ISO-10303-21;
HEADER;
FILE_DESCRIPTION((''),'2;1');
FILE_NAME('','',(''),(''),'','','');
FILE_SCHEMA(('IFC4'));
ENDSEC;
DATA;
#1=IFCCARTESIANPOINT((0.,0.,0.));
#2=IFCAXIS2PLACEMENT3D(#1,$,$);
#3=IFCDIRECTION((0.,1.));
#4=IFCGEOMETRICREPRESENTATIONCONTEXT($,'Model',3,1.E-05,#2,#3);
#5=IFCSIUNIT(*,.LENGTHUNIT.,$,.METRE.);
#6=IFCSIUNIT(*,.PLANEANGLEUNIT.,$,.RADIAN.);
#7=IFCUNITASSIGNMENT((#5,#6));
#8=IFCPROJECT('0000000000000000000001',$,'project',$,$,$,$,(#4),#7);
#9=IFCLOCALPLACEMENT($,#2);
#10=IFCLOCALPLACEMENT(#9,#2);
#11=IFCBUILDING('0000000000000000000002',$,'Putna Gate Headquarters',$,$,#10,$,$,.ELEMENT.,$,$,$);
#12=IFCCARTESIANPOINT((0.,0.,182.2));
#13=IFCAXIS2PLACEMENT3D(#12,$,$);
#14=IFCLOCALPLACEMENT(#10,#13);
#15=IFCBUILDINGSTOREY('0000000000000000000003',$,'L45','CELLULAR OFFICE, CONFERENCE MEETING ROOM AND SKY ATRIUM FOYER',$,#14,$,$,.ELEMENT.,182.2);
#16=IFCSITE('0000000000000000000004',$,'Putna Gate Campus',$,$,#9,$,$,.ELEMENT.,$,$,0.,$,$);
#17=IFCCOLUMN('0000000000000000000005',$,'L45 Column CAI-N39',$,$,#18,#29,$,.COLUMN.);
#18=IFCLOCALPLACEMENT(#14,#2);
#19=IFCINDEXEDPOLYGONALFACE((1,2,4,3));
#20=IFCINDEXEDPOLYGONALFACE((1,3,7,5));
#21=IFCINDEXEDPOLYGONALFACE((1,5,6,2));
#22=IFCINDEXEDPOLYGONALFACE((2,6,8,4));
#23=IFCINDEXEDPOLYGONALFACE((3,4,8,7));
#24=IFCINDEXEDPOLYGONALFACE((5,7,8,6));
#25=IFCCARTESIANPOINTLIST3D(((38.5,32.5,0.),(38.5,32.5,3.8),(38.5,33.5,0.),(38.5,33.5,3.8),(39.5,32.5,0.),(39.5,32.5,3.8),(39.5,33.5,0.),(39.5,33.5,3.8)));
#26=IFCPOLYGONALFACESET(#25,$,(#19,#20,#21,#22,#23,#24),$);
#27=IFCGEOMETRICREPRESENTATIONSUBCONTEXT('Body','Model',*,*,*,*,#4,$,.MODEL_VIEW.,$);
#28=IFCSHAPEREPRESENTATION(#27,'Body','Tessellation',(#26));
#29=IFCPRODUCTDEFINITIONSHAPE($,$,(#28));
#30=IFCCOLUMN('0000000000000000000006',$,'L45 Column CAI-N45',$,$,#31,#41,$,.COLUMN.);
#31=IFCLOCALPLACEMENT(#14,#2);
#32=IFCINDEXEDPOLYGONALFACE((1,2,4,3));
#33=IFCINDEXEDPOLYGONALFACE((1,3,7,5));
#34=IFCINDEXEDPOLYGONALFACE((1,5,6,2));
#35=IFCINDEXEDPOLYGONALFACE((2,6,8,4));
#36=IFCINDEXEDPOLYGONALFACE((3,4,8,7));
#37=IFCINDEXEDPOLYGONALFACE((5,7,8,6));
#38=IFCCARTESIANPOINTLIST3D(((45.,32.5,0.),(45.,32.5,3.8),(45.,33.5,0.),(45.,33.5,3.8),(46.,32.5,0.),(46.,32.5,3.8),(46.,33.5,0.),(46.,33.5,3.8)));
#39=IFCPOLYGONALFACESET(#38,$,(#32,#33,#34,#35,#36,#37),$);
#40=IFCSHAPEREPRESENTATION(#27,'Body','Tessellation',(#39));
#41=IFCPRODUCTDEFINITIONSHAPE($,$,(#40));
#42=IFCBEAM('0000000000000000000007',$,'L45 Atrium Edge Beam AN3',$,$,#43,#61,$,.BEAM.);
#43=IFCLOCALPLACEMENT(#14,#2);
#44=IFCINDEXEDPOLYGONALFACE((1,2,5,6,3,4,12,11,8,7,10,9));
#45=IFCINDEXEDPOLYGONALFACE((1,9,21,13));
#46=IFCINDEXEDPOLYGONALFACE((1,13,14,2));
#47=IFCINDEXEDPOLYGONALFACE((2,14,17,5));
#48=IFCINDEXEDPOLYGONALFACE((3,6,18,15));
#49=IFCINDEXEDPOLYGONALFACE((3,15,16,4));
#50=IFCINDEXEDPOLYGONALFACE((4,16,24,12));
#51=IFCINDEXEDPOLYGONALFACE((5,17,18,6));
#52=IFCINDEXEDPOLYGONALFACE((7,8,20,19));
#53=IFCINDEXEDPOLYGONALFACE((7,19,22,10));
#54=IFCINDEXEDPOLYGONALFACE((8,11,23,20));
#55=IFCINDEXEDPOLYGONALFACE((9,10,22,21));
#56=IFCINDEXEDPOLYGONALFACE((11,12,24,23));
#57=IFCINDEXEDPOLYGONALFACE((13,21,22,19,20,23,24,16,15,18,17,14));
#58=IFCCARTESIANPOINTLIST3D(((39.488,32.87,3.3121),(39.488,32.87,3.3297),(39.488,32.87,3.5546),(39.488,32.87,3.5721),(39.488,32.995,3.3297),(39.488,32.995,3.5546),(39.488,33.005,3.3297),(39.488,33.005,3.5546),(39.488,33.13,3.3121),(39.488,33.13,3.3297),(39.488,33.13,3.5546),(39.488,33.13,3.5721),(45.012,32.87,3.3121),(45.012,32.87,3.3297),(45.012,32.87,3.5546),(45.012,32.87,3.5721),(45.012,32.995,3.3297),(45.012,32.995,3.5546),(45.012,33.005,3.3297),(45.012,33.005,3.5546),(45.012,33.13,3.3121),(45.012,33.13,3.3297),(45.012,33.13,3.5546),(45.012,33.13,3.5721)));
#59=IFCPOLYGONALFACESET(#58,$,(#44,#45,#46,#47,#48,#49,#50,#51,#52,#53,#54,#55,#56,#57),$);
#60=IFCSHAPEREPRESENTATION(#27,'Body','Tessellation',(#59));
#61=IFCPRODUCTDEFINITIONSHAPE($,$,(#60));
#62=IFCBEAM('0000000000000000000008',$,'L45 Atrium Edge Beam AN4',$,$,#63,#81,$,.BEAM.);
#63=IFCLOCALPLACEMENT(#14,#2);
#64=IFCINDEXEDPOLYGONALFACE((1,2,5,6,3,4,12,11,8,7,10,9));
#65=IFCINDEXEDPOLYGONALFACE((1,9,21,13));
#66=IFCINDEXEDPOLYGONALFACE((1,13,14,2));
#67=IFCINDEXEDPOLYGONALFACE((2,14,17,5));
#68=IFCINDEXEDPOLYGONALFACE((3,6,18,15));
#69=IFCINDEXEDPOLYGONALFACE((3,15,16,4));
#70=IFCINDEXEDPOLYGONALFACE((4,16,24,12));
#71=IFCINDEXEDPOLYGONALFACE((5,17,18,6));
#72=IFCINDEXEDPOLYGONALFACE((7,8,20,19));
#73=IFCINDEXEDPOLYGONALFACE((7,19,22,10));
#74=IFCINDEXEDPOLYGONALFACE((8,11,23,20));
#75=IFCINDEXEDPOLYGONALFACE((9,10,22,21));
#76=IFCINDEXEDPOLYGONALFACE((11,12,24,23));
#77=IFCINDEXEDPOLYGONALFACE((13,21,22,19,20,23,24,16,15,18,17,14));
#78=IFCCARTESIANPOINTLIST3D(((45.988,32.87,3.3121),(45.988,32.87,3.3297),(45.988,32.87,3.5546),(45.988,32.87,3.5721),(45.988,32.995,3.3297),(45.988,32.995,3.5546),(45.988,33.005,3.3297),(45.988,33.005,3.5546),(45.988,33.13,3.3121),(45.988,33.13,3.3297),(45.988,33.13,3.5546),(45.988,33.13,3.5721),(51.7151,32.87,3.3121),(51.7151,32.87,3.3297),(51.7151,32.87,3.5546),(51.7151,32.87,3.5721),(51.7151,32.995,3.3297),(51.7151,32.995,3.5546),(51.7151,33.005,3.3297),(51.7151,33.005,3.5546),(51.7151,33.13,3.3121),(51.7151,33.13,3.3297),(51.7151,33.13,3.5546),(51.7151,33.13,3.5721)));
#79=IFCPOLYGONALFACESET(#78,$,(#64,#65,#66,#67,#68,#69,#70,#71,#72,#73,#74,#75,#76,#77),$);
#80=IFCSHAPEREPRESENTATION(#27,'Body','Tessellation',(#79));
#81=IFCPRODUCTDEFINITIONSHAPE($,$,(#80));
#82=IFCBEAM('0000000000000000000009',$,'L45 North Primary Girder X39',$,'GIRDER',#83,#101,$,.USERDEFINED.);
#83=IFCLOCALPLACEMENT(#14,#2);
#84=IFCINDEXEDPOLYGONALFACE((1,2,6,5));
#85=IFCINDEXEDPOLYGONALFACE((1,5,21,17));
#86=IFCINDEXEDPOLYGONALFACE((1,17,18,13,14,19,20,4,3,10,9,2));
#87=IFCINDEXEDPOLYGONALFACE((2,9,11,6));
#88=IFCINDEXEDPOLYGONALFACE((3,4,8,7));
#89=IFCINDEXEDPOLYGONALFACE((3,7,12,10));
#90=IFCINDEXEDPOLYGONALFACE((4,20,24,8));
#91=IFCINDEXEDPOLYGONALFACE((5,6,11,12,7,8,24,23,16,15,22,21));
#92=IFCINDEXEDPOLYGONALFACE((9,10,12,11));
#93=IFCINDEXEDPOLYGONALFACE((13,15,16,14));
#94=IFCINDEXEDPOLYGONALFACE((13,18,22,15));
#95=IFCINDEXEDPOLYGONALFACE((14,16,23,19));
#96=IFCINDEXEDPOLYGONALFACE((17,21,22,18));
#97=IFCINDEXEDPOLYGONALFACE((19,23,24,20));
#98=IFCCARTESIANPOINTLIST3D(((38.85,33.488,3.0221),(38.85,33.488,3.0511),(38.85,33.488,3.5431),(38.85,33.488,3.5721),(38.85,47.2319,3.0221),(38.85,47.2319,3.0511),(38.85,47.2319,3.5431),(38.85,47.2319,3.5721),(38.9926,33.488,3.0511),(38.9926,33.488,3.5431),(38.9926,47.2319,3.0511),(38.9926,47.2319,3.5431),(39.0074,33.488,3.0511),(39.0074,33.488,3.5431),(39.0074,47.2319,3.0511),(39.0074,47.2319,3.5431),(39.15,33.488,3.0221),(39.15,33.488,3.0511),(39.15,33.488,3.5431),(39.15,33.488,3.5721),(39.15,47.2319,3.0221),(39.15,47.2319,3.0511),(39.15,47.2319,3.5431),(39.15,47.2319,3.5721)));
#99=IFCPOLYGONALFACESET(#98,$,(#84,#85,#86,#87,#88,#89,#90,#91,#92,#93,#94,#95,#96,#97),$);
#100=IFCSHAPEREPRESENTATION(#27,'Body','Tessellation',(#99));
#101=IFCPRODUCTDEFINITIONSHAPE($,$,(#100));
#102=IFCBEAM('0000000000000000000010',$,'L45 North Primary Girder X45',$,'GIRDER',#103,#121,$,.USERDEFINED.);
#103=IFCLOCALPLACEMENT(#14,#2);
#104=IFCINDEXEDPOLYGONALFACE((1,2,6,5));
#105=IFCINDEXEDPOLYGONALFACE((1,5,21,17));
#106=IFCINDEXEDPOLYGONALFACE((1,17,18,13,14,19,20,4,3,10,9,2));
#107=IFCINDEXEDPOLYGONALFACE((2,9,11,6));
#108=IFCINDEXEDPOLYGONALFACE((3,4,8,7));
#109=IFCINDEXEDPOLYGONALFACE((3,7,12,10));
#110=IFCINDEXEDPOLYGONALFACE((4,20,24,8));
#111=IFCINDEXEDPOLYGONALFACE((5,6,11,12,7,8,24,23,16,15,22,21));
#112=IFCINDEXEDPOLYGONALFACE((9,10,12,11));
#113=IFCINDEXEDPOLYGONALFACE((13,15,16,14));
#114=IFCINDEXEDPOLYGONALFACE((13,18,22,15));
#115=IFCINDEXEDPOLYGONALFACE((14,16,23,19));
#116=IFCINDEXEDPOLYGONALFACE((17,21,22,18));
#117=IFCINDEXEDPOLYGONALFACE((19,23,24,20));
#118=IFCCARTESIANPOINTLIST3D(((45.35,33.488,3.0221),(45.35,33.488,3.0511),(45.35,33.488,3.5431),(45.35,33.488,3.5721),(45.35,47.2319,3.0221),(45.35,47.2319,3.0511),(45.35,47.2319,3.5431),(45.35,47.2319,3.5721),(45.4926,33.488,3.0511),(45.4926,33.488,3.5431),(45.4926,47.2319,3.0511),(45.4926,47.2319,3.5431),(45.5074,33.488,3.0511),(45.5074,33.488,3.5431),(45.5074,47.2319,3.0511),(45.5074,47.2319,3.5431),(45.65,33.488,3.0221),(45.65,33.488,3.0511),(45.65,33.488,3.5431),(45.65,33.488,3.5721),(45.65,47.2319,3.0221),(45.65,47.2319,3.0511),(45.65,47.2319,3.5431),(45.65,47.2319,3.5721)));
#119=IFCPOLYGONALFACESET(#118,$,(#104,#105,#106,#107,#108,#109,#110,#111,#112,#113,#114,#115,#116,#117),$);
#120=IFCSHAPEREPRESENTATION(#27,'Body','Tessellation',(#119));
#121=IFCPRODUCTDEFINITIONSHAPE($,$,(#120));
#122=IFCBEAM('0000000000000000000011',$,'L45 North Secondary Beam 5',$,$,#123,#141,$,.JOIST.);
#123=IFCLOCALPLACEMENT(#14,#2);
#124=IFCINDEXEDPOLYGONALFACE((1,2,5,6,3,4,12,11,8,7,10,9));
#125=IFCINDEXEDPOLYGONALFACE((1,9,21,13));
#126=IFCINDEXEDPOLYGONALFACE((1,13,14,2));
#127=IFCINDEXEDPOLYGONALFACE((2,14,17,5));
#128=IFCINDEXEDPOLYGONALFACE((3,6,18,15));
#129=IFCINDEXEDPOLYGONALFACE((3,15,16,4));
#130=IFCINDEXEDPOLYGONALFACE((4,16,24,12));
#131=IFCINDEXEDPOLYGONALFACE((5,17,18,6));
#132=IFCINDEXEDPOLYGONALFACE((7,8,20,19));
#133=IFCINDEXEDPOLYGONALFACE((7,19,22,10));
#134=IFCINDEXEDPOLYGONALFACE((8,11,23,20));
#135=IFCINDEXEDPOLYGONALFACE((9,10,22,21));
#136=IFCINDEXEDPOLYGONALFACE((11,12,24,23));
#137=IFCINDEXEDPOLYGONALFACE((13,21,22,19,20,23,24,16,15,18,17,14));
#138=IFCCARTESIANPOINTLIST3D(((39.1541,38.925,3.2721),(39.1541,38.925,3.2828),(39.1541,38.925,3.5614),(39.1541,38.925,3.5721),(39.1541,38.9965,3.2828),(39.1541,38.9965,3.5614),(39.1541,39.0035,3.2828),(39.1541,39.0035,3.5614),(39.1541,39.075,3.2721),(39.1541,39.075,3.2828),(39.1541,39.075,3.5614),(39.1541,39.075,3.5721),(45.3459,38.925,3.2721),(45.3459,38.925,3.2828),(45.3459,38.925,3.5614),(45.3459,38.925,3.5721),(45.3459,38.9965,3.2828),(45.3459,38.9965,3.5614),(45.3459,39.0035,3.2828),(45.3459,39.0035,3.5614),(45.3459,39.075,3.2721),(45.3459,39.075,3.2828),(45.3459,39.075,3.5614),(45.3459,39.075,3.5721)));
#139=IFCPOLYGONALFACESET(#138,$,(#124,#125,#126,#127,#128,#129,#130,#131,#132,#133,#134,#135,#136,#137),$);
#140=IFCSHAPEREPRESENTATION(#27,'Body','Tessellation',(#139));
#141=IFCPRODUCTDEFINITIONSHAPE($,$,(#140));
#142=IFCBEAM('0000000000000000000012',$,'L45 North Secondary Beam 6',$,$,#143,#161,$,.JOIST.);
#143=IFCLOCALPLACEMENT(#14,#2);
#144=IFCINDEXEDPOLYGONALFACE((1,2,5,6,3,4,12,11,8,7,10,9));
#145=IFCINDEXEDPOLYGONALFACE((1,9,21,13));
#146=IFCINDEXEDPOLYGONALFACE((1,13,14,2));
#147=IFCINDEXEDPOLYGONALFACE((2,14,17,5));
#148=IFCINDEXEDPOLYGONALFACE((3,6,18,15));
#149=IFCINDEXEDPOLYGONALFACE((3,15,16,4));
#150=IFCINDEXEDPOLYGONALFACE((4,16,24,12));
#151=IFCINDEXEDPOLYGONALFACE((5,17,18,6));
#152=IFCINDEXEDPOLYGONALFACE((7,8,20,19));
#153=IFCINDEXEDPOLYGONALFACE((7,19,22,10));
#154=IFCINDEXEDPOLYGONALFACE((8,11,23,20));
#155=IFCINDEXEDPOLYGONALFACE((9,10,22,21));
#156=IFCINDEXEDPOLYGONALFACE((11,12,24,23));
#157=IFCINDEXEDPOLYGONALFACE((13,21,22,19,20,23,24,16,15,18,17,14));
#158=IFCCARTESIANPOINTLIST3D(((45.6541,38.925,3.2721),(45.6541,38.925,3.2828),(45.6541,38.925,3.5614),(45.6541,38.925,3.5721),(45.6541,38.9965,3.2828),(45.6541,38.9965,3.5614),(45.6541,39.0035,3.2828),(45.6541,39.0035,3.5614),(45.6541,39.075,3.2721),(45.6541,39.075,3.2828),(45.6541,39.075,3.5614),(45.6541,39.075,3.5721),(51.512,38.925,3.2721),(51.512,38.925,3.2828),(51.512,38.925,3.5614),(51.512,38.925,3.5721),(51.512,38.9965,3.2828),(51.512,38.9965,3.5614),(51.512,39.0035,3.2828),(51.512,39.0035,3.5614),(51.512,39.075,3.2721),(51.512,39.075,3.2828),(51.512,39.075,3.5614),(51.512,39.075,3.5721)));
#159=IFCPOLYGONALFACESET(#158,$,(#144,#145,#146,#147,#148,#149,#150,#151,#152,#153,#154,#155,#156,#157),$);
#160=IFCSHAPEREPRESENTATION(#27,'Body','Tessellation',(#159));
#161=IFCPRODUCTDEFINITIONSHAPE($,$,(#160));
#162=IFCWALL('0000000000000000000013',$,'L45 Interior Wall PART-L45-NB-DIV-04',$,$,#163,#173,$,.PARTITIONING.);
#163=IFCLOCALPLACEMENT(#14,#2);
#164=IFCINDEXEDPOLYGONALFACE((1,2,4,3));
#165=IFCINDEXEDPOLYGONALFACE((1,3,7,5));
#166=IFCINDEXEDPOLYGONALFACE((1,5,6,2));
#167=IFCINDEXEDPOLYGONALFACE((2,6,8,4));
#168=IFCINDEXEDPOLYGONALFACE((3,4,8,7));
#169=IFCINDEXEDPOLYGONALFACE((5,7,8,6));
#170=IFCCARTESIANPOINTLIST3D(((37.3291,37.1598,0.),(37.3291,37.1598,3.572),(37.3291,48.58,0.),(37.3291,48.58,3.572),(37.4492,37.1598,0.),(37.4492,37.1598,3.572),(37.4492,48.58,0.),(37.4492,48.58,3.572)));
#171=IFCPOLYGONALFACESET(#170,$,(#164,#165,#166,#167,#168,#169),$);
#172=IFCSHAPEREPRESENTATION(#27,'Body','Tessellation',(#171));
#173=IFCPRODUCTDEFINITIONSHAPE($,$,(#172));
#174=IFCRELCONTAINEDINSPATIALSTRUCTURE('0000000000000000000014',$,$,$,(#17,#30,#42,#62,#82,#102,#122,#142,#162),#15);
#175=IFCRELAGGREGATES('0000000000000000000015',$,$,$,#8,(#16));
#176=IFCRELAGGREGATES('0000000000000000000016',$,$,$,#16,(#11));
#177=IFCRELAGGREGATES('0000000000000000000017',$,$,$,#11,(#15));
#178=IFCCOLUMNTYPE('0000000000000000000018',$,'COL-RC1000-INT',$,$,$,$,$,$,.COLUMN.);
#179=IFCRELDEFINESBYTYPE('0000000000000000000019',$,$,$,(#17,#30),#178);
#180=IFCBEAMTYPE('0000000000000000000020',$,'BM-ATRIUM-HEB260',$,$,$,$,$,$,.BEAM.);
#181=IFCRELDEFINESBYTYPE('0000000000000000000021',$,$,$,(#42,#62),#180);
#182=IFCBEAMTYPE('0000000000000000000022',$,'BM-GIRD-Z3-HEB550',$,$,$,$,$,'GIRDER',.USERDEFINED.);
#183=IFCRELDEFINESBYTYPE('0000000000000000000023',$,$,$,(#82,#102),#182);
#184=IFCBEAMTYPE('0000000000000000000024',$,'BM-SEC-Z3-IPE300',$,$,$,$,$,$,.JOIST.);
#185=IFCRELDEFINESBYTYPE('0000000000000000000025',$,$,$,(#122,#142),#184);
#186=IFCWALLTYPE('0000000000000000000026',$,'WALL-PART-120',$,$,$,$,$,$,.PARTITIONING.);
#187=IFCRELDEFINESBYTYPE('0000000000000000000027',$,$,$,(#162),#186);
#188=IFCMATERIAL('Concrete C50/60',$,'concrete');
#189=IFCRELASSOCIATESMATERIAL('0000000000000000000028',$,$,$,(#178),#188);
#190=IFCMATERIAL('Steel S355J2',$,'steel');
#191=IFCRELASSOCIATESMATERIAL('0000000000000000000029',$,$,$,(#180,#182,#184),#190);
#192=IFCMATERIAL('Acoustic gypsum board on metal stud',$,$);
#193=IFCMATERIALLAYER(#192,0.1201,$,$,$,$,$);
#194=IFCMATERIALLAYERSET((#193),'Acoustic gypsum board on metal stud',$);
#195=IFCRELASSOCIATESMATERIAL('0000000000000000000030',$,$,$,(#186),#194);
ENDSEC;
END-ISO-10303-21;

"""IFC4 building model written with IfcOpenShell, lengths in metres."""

from ifc_helpers import new_model, si_unit, direction, frame, frame_2d, origin, origin_2d, place, context, subcontext, project, spatial, rectangle, i_section, extrude, material, layer, layer_set, material_profile, profile_set, type_object, element, save


model = new_model("IFC4")

# Units and contexts
model_context = context("Model", 3, precision=1e-05, world=origin(), true_north=direction((0.0, 1.0)))
body_context = subcontext(model_context, "Body", "Model", "MODEL_VIEW")
ifc_project = project(units=[si_unit("LENGTHUNIT", "METRE"), si_unit("PLANEANGLEUNIT", "RADIAN")], contexts=[model_context])

# Site, building, storey
site_placement = place(None, origin())
site = spatial("IfcSite", under=ifc_project, at=site_placement, Name="Putna Gate Campus", CompositionType="ELEMENT", RefElevation=0.0)
building_placement = place(site_placement, origin())
building = spatial("IfcBuilding", under=site, at=building_placement, Name="Putna Gate Headquarters", CompositionType="ELEMENT")
storey_placement = place(building_placement, frame((0.0, 0.0, 182.2)))
storey = spatial("IfcBuildingStorey", under=building, at=storey_placement, Name="L45", Description="CELLULAR OFFICE, CONFERENCE MEETING ROOM AND SKY ATRIUM FOYER", CompositionType="ELEMENT", Elevation=182.2)

# Columns
ifc_material_1 = material(Name="Concrete C50/60", Category="concrete")
ifc_material_profile_1 = material_profile(ifc_material_1, rectangle(XDim=1.0, YDim=1.0, at=origin_2d()), Name="Concrete C50/60")
ifc_profile_set_1 = profile_set([ifc_material_profile_1], Name="Concrete C50/60")
column_type = type_object("IfcColumnType", Name="COL-RC1000-INT", PredefinedType="COLUMN", material=ifc_profile_set_1)
for number, where, z_axis, x_axis, name in (
    (1, (39.0, 33.0, 0.0), (0.0, 0.0, 1.0), (1.0, 0.0, 0.0), "L45 Column CAI-N39"),
    (2, (45.5, 33.0, 0.0), (0.0, 0.0, 1.0), (1.0, 0.0, 0.0), "L45 Column CAI-N45"),
):
    element("IfcColumn", number, at=place(storey_placement, frame(where, z_axis=z_axis, x_axis=x_axis)), inside=storey, type_object=column_type, Name=name, PredefinedType="COLUMN", context=body_context, shape_type="SweptSolid", body=[
        extrude(rectangle(XDim=1.0, YDim=1.0, at=origin_2d()), origin(), (0.0, 0.0, 1.0), 3.8),
    ])

# Beams
ifc_material_2 = material(Name="Steel S355J2", Category="steel")
ifc_material_profile_2 = material_profile(ifc_material_2, i_section(OverallWidth=0.26, OverallDepth=0.26, WebThickness=0.01, FlangeThickness=0.0176, at=origin_2d()), Name="Steel S355J2")
ifc_profile_set_2 = profile_set([ifc_material_profile_2], Name="Steel S355J2")
beam_type_1 = type_object("IfcBeamType", Name="BM-ATRIUM-HEB260", PredefinedType="BEAM", material=ifc_profile_set_2)
beam_1_placement = place(storey_placement, frame((39.488, 33.0, 3.4421), z_axis=(1.0, 0.0, 0.0), x_axis=(0.0, 1.0, 0.0)))
element("IfcBeam", 3, at=beam_1_placement, inside=storey, type_object=beam_type_1, Name="L45 Atrium Edge Beam AN3", PredefinedType="BEAM", context=body_context, shape_type="SweptSolid", body=[
    extrude(i_section(OverallWidth=0.26, OverallDepth=0.26, WebThickness=0.01, FlangeThickness=0.0176, at=origin_2d()), origin(), (0.0, 0.0, 1.0), 5.5239),
])
beam_2_placement = place(storey_placement, frame((45.988, 33.0, 3.4421), z_axis=(1.0, 0.0, 0.0), x_axis=(0.0, 1.0, 0.0)))
element("IfcBeam", 4, at=beam_2_placement, inside=storey, type_object=beam_type_1, Name="L45 Atrium Edge Beam AN4", PredefinedType="BEAM", context=body_context, shape_type="SweptSolid", body=[
    extrude(i_section(OverallWidth=0.26, OverallDepth=0.26, WebThickness=0.01, FlangeThickness=0.0176, at=origin_2d()), origin(), (0.0, 0.0, 1.0), 5.7271),
])
ifc_material_profile_3 = material_profile(ifc_material_2, i_section(OverallWidth=0.3, OverallDepth=0.55, WebThickness=0.0149, FlangeThickness=0.0291, at=origin_2d()), Name="Steel S355J2")
ifc_profile_set_3 = profile_set([ifc_material_profile_3], Name="Steel S355J2")
beam_type_2 = type_object("IfcBeamType", Name="BM-GIRD-Z3-HEB550", ElementType="GIRDER", PredefinedType="USERDEFINED", material=ifc_profile_set_3)
for number, where, z_axis, x_axis, name in (
    (5, (39.0, 33.488, 3.2971), (0.0, 1.0, 0.0), (-1.0, 0.0, 0.0), "L45 North Primary Girder X39"),
    (6, (45.5, 33.488, 3.2971), (0.0, 1.0, 0.0), (-1.0, 0.0, 0.0), "L45 North Primary Girder X45"),
):
    element("IfcBeam", number, at=place(storey_placement, frame(where, z_axis=z_axis, x_axis=x_axis)), inside=storey, type_object=beam_type_2, Name=name, ObjectType="GIRDER", PredefinedType="USERDEFINED", context=body_context, shape_type="SweptSolid", body=[
        extrude(i_section(OverallWidth=0.3, OverallDepth=0.55, WebThickness=0.0149, FlangeThickness=0.0291, at=origin_2d()), origin(), (0.0, 0.0, 1.0), 13.7439),
    ])
ifc_material_profile_4 = material_profile(ifc_material_2, i_section(OverallWidth=0.1499, OverallDepth=0.3, WebThickness=0.0071, FlangeThickness=0.0107, at=origin_2d()), Name="Steel S355J2")
ifc_profile_set_4 = profile_set([ifc_material_profile_4], Name="Steel S355J2")
beam_type_3 = type_object("IfcBeamType", Name="BM-SEC-Z3-IPE300", PredefinedType="JOIST", material=ifc_profile_set_4)
beam_3_placement = place(storey_placement, frame((39.1541, 39.0, 3.4221), z_axis=(1.0, 0.0, 0.0), x_axis=(0.0, 1.0, 0.0)))
element("IfcBeam", 7, at=beam_3_placement, inside=storey, type_object=beam_type_3, Name="L45 North Secondary Beam 5", PredefinedType="JOIST", context=body_context, shape_type="SweptSolid", body=[
    extrude(i_section(OverallWidth=0.1499, OverallDepth=0.3, WebThickness=0.0071, FlangeThickness=0.0107, at=origin_2d()), origin(), (0.0, 0.0, 1.0), 6.1919),
])
beam_4_placement = place(storey_placement, frame((45.6541, 39.0, 3.4221), z_axis=(1.0, 0.0, 0.0), x_axis=(0.0, 1.0, 0.0)))
element("IfcBeam", 8, at=beam_4_placement, inside=storey, type_object=beam_type_3, Name="L45 North Secondary Beam 6", PredefinedType="JOIST", context=body_context, shape_type="SweptSolid", body=[
    extrude(i_section(OverallWidth=0.1499, OverallDepth=0.3, WebThickness=0.0071, FlangeThickness=0.0107, at=origin_2d()), origin(), (0.0, 0.0, 1.0), 5.8579),
])

# Shared definitions
ifc_material_3 = material(Name="Acoustic gypsum board on metal stud")
ifc_layer_1 = layer(ifc_material_3, 0.1201)
ifc_layer_set_1 = layer_set([ifc_layer_1], Name="Acoustic gypsum board on metal stud")
wall_type_1 = type_object("IfcWallType", Name="WALL-PART-120", PredefinedType="PARTITIONING", material=ifc_layer_set_1)

# Wall
wall_1_placement = place(storey_placement, frame((37.3892, 37.1599, 0.0), z_axis=(0.0, 0.0, 1.0), x_axis=(0.0, 1.0, 0.0)))
element("IfcWall", 9, at=wall_1_placement, inside=storey, type_object=wall_type_1, Name="L45 Interior Wall PART-L45-NB-DIV-04", PredefinedType="PARTITIONING", context=body_context, shape_type="SweptSolid", body=[
    extrude(rectangle(XDim=11.4202, YDim=0.1201, at=frame_2d((5.71, 0.0))), origin(), (0.0, 0.0, 1.0), 3.572),
])

save(model, "model.ifc")
